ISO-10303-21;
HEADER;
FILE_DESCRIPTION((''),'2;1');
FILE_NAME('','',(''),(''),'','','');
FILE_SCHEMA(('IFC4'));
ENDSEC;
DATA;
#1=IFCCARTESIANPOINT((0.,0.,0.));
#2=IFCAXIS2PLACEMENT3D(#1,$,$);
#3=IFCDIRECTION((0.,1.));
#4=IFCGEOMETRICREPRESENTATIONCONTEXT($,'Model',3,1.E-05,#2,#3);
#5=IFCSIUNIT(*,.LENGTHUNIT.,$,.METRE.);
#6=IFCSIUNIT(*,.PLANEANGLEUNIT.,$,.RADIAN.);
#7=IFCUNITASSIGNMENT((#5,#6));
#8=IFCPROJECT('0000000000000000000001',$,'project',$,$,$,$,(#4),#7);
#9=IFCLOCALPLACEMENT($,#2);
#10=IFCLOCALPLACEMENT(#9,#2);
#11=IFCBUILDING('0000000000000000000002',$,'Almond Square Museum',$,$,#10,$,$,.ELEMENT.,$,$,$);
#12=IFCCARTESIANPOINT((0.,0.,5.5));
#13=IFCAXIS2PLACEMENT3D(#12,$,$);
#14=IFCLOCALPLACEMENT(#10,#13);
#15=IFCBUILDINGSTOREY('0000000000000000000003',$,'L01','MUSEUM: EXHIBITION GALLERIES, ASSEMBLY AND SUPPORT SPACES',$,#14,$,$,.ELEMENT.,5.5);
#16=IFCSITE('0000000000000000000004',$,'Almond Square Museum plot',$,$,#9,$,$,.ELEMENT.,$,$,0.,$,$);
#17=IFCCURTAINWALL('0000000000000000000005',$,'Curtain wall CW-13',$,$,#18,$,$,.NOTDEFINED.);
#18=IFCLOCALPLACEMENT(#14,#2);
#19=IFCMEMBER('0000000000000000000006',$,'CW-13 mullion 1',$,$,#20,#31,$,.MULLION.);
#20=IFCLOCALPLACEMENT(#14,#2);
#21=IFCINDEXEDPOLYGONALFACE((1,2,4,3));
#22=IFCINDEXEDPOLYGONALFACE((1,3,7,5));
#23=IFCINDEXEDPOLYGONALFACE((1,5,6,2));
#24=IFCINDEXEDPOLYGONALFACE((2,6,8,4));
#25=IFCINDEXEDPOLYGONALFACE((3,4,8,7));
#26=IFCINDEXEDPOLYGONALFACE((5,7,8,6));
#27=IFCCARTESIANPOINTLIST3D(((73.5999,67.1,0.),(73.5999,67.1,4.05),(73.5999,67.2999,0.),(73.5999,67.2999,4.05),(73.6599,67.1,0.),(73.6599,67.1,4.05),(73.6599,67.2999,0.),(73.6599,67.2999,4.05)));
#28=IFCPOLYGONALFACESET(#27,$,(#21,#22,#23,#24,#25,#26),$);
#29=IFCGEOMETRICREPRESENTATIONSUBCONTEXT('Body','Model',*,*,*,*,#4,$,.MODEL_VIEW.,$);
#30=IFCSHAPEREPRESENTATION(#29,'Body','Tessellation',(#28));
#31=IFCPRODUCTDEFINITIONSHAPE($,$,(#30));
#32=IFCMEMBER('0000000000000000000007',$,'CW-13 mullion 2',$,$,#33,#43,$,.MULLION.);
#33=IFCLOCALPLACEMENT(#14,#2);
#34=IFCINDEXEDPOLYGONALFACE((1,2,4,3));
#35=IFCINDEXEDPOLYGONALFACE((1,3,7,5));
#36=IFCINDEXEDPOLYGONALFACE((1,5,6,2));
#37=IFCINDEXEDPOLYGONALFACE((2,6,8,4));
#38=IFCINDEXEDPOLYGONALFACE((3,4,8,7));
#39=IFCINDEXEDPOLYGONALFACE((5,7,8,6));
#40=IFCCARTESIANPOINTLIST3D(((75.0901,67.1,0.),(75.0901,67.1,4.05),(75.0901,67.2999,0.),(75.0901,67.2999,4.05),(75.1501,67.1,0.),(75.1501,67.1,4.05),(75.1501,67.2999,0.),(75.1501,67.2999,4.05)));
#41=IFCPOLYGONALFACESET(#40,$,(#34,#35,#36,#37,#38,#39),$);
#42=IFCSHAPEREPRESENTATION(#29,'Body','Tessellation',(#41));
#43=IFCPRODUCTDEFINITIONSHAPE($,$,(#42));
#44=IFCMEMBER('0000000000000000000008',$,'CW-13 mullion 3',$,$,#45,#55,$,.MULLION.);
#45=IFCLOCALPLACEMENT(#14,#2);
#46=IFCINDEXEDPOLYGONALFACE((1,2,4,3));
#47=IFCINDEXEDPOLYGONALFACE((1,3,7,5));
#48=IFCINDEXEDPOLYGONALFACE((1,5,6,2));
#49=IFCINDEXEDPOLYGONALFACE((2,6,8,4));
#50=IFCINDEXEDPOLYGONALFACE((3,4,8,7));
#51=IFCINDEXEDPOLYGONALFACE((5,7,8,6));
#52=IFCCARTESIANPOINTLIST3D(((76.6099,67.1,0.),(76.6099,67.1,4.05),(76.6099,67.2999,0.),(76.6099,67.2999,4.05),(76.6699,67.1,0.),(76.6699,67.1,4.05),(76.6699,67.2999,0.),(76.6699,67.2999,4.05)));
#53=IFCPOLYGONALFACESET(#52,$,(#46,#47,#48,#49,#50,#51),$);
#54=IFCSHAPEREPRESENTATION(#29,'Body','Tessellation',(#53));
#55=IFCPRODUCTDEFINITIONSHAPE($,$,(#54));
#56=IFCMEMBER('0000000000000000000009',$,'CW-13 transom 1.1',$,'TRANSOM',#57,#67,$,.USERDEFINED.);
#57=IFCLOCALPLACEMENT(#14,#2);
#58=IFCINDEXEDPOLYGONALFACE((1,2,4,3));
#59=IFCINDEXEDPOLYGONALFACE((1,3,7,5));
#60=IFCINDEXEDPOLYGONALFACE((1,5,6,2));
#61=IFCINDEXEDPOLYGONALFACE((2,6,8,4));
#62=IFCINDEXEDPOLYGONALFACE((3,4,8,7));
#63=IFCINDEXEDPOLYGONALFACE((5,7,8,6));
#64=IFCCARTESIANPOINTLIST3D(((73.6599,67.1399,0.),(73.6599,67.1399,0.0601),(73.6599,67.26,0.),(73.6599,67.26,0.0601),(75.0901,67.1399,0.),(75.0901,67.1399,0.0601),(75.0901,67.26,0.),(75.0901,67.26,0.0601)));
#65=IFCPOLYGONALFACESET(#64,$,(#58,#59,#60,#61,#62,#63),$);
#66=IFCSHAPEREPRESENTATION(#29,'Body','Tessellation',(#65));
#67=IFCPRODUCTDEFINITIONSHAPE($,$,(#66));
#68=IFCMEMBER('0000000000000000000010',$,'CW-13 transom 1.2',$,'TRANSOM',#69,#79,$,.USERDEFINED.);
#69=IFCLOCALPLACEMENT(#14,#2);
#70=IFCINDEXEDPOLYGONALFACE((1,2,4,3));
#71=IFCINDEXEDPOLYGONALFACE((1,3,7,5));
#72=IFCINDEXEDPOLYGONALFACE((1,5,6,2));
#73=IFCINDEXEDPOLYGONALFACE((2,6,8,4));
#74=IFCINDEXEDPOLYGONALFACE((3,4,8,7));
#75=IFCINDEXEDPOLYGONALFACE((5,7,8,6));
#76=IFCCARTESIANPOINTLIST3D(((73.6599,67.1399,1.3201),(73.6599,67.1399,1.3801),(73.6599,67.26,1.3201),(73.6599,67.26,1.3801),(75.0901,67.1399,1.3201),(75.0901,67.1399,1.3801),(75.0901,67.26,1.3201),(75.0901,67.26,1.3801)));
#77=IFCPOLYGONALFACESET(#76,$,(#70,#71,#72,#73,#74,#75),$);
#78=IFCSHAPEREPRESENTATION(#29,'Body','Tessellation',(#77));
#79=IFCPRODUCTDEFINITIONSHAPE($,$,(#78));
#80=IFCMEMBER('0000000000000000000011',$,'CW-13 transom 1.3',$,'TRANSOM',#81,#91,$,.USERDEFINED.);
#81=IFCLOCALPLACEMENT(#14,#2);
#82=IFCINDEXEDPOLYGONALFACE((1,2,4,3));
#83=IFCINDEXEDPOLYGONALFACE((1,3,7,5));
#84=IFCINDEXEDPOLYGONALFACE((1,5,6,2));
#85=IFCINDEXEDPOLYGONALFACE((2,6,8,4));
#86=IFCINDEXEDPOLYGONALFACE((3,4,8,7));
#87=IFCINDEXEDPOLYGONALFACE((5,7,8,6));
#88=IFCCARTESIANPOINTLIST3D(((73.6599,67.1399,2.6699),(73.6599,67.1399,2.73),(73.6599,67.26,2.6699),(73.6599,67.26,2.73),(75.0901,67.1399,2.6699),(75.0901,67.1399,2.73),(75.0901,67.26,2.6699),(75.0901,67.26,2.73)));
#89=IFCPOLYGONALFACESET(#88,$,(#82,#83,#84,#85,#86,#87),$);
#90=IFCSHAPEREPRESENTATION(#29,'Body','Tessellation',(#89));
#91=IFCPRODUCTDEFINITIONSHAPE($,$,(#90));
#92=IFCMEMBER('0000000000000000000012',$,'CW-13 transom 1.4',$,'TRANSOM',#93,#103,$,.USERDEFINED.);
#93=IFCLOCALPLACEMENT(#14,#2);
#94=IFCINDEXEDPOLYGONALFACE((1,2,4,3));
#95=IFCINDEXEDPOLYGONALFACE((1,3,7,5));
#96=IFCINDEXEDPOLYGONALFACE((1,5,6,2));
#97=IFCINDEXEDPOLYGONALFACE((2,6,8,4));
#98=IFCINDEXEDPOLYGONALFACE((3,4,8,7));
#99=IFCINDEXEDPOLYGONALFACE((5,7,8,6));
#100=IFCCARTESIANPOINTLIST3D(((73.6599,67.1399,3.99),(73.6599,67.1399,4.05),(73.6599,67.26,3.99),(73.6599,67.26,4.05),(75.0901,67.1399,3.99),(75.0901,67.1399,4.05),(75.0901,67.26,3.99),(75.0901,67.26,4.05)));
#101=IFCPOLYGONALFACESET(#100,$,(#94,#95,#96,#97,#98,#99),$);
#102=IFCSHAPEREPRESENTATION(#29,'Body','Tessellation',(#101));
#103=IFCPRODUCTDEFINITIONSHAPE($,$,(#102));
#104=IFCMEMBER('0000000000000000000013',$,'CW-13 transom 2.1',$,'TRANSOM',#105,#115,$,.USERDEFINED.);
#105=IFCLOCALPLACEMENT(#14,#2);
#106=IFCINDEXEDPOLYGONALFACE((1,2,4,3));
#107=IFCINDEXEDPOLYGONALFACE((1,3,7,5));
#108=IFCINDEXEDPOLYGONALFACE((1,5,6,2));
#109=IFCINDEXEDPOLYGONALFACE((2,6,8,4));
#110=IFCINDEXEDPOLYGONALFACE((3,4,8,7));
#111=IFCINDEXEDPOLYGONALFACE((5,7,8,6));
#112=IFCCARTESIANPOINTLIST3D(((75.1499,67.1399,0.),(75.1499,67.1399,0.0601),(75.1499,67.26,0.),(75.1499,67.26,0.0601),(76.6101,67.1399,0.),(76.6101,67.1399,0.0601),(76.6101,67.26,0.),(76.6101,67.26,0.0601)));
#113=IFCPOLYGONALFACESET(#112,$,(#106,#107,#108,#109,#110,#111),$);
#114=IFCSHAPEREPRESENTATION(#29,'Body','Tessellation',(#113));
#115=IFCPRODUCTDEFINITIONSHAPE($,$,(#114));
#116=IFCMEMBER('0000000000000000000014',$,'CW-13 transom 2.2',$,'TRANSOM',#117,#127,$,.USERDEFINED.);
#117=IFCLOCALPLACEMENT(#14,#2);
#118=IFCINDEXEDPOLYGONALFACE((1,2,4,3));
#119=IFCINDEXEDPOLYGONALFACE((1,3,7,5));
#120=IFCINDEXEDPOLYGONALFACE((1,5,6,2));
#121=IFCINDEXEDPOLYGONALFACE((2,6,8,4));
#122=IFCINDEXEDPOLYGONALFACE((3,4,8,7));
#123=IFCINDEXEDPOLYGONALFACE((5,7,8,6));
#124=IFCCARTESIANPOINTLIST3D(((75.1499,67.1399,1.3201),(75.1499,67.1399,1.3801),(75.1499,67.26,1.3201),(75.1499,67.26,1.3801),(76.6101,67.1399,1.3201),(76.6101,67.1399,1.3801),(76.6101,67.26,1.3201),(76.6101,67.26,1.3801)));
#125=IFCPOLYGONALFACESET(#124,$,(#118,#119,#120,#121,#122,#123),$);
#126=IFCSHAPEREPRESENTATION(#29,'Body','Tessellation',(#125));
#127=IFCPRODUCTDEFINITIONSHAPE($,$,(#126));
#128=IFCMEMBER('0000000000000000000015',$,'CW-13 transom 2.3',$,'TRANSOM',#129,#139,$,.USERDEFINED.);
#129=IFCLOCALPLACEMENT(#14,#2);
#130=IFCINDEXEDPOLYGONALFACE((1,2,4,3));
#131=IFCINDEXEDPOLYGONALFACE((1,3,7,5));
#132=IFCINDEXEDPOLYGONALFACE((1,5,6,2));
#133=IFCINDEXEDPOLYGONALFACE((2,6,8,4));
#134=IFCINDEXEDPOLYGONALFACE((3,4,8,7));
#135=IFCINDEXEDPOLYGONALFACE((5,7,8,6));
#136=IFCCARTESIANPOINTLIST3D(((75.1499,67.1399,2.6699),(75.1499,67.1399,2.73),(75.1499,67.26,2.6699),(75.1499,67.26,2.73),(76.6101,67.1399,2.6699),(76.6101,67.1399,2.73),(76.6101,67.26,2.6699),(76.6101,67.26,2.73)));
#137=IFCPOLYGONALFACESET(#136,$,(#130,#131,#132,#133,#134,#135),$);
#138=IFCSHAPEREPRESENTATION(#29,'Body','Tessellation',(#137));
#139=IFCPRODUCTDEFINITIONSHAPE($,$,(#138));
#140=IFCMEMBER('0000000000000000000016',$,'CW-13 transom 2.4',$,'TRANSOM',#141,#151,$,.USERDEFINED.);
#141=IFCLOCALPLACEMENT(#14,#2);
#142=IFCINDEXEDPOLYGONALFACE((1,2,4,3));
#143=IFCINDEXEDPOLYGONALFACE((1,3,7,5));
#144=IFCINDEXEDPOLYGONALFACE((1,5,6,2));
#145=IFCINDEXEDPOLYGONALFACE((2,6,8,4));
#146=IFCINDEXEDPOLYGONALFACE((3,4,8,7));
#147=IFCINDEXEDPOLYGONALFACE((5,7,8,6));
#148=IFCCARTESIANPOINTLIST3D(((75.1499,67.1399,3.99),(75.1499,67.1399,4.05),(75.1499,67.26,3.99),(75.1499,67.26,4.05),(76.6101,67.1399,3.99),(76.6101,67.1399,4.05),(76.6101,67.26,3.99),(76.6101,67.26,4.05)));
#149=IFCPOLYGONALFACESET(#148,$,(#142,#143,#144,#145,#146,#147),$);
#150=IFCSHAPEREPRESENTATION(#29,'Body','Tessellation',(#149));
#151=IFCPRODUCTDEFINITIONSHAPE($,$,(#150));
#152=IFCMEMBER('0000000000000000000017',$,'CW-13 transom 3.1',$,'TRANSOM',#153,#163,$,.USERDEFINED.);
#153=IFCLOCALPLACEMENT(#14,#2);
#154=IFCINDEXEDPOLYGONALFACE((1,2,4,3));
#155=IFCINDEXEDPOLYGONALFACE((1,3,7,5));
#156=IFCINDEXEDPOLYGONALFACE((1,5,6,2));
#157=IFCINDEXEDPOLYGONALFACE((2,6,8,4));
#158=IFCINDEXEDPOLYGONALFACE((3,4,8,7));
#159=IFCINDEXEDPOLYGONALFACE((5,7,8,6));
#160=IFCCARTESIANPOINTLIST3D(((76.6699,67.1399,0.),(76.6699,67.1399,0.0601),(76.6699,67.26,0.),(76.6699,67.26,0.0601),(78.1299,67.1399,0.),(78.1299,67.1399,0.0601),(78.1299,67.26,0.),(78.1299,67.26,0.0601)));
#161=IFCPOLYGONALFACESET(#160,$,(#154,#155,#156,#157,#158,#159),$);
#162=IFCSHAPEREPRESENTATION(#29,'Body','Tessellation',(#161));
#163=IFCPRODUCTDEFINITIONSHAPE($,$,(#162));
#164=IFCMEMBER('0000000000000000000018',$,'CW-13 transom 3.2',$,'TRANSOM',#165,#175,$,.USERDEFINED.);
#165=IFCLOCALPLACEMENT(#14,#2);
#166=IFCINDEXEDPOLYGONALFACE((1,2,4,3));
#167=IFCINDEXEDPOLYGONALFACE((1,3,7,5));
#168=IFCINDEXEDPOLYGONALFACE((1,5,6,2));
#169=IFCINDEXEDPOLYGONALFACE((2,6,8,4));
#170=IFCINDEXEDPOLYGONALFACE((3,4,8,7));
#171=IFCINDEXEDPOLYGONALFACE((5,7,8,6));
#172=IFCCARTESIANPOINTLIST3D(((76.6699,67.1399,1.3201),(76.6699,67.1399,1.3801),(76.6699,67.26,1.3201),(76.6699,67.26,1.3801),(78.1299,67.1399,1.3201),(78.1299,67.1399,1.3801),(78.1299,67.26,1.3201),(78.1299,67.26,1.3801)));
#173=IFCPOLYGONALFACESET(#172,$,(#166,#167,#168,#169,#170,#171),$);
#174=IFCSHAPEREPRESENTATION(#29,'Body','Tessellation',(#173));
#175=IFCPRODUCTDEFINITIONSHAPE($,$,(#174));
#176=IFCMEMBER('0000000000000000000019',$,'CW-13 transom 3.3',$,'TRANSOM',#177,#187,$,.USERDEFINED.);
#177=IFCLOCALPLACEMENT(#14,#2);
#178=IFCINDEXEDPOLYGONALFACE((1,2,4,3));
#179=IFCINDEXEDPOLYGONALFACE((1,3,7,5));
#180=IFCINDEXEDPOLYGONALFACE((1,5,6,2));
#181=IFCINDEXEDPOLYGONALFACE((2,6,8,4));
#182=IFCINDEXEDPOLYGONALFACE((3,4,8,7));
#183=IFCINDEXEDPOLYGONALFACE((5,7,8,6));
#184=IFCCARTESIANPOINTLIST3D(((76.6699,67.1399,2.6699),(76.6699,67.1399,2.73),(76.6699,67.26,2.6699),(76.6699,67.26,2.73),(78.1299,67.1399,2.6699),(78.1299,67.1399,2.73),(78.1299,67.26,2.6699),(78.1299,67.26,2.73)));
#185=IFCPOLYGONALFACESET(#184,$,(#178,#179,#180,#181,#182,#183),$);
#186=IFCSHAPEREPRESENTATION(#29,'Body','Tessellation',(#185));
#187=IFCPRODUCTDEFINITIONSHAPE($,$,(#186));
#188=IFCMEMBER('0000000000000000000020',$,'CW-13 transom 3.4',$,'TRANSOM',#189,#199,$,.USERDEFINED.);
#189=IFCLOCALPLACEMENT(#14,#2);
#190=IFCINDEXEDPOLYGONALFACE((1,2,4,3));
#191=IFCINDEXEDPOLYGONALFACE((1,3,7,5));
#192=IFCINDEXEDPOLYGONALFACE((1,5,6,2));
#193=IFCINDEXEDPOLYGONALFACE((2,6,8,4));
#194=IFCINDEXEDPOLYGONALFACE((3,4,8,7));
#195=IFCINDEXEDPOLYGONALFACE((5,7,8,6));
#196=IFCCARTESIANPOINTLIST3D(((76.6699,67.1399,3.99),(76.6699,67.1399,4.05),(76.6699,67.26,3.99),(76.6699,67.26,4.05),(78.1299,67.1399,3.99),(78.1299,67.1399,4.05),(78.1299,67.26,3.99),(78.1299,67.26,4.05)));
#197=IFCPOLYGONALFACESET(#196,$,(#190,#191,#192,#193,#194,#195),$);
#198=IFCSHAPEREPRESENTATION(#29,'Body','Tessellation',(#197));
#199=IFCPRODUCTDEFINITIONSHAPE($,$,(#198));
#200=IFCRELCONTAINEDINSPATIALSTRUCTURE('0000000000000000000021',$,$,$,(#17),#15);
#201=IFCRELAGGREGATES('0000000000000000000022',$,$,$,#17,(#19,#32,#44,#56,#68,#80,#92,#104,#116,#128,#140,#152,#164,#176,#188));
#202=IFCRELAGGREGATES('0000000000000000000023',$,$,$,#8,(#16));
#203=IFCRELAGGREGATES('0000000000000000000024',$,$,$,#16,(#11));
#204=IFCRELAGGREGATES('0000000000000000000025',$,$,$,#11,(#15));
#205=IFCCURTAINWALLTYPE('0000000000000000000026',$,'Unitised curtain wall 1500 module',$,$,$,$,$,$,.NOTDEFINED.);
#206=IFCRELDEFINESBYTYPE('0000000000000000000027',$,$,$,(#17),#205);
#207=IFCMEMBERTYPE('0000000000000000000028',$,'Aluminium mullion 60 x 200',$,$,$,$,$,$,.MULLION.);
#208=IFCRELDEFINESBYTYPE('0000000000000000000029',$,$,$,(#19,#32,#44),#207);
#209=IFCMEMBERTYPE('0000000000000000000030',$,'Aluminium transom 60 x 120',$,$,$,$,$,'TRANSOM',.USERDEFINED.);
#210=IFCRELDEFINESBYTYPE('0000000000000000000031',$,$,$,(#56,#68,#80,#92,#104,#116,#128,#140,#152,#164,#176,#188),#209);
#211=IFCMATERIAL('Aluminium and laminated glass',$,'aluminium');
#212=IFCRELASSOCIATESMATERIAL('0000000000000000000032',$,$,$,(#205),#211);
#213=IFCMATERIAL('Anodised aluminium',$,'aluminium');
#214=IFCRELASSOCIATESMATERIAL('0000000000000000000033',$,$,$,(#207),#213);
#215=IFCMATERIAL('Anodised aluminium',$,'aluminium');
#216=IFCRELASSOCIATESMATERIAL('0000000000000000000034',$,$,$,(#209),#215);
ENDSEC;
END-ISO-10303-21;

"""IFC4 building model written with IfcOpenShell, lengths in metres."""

from ifc_helpers import new_model, si_unit, direction, frame, origin, origin_2d, place, context, subcontext, project, spatial, rectangle, extrude, material, material_profile, profile_set, type_object, element, aggregate, save


model = new_model("IFC4")

# Units and contexts
model_context = context("Model", 3, precision=1e-05, world=origin(), true_north=direction((0.0, 1.0)))
body_context = subcontext(model_context, "Body", "Model", "MODEL_VIEW")
ifc_project = project(units=[si_unit("LENGTHUNIT", "METRE"), si_unit("PLANEANGLEUNIT", "RADIAN")], contexts=[model_context])

# Site, building, storey
site_placement = place(None, origin())
site = spatial("IfcSite", under=ifc_project, at=site_placement, Name="Almond Square Museum plot", CompositionType="ELEMENT", RefElevation=0.0)
building_placement = place(site_placement, origin())
building = spatial("IfcBuilding", under=site, at=building_placement, Name="Almond Square Museum", CompositionType="ELEMENT")
storey_placement = place(building_placement, frame((0.0, 0.0, 5.5)))
storey = spatial("IfcBuildingStorey", under=building, at=storey_placement, Name="L01", Description="MUSEUM: EXHIBITION GALLERIES, ASSEMBLY AND SUPPORT SPACES", CompositionType="ELEMENT", Elevation=5.5)

# Curtain wall, members
ifc_material_1 = material(Name="Aluminium and laminated glass", Category="aluminium")
curtain_wall_type = type_object("IfcCurtainWallType", Name="Unitised curtain wall 1500 module", PredefinedType="NOTDEFINED", material=ifc_material_1)
curtain_wall_placement = place(storey_placement, origin())
curtain_wall = element("IfcCurtainWall", 1, at=curtain_wall_placement, inside=storey, type_object=curtain_wall_type, Name="Curtain wall CW-13", PredefinedType="NOTDEFINED")
ifc_material_2 = material(Name="Anodised aluminium", Category="aluminium")
ifc_material_profile_1 = material_profile(ifc_material_2, rectangle(XDim=0.2, YDim=0.0601, at=origin_2d()))
ifc_profile_set_1 = profile_set([ifc_material_profile_1], Name="Anodised aluminium")
member_type_1 = type_object("IfcMemberType", Name="Aluminium mullion 60 x 200", PredefinedType="MULLION", material=ifc_profile_set_1)
member_1_placement = place(storey_placement, frame((73.6299, 67.2, 0.0), z_axis=(0.0, 0.0, 1.0), x_axis=(0.0, 1.0, 0.0)))
member_1 = element("IfcMember", 2, at=member_1_placement, type_object=member_type_1, Name="CW-13 mullion 1", PredefinedType="MULLION", context=body_context, shape_type="SweptSolid", body=[
    extrude(rectangle(XDim=0.2, YDim=0.0601, at=origin_2d()), origin(), (0.0, 0.0, 1.0), 4.05),
])
member_2_placement = place(storey_placement, frame((75.1201, 67.2, 0.0), z_axis=(0.0, 0.0, 1.0), x_axis=(0.0, 1.0, 0.0)))
member_2 = element("IfcMember", 3, at=member_2_placement, type_object=member_type_1, Name="CW-13 mullion 2", PredefinedType="MULLION", context=body_context, shape_type="SweptSolid", body=[
    extrude(rectangle(XDim=0.2, YDim=0.0601, at=origin_2d()), origin(), (0.0, 0.0, 1.0), 4.05),
])
member_3_placement = place(storey_placement, frame((76.6399, 67.2, 0.0), z_axis=(0.0, 0.0, 1.0), x_axis=(0.0, 1.0, 0.0)))
member_3 = element("IfcMember", 4, at=member_3_placement, type_object=member_type_1, Name="CW-13 mullion 3", PredefinedType="MULLION", context=body_context, shape_type="SweptSolid", body=[
    extrude(rectangle(XDim=0.2, YDim=0.0601, at=origin_2d()), origin(), (0.0, 0.0, 1.0), 4.05),
])
ifc_material_3 = material(Name="Anodised aluminium", Category="aluminium")
ifc_material_profile_2 = material_profile(ifc_material_3, rectangle(XDim=0.1201, YDim=0.0601, at=origin_2d()))
ifc_profile_set_2 = profile_set([ifc_material_profile_2], Name="Anodised aluminium")
member_type_2 = type_object("IfcMemberType", Name="Aluminium transom 60 x 120", ElementType="TRANSOM", PredefinedType="USERDEFINED", material=ifc_profile_set_2)
member_4_placement = place(storey_placement, frame((73.6599, 67.2, 0.03), z_axis=(1.0, 0.0, 0.0), x_axis=(0.0, 1.0, 0.0)))
member_4 = element("IfcMember", 5, at=member_4_placement, type_object=member_type_2, Name="CW-13 transom 1.1", ObjectType="TRANSOM", PredefinedType="USERDEFINED", context=body_context, shape_type="SweptSolid", body=[
    extrude(rectangle(XDim=0.1201, YDim=0.0601, at=origin_2d()), origin(), (0.0, 0.0, 1.0), 1.4302),
])
member_5_placement = place(storey_placement, frame((73.6599, 67.2, 1.3501), z_axis=(1.0, 0.0, 0.0), x_axis=(0.0, 1.0, 0.0)))
member_5 = element("IfcMember", 6, at=member_5_placement, type_object=member_type_2, Name="CW-13 transom 1.2", ObjectType="TRANSOM", PredefinedType="USERDEFINED", context=body_context, shape_type="SweptSolid", body=[
    extrude(rectangle(XDim=0.1201, YDim=0.0601, at=origin_2d()), origin(), (0.0, 0.0, 1.0), 1.4302),
])
member_6_placement = place(storey_placement, frame((73.6599, 67.2, 2.7), z_axis=(1.0, 0.0, 0.0), x_axis=(0.0, 1.0, 0.0)))
member_6 = element("IfcMember", 7, at=member_6_placement, type_object=member_type_2, Name="CW-13 transom 1.3", ObjectType="TRANSOM", PredefinedType="USERDEFINED", context=body_context, shape_type="SweptSolid", body=[
    extrude(rectangle(XDim=0.1201, YDim=0.0601, at=origin_2d()), origin(), (0.0, 0.0, 1.0), 1.4302),
])
member_7_placement = place(storey_placement, frame((73.6599, 67.2, 4.02), z_axis=(1.0, 0.0, 0.0), x_axis=(0.0, 1.0, 0.0)))
member_7 = element("IfcMember", 8, at=member_7_placement, type_object=member_type_2, Name="CW-13 transom 1.4", ObjectType="TRANSOM", PredefinedType="USERDEFINED", context=body_context, shape_type="SweptSolid", body=[
    extrude(rectangle(XDim=0.1201, YDim=0.0601, at=origin_2d()), origin(), (0.0, 0.0, 1.0), 1.4302),
])
member_8_placement = place(storey_placement, frame((75.1499, 67.2, 0.03), z_axis=(1.0, 0.0, 0.0), x_axis=(0.0, 1.0, 0.0)))
member_8 = element("IfcMember", 9, at=member_8_placement, type_object=member_type_2, Name="CW-13 transom 2.1", ObjectType="TRANSOM", PredefinedType="USERDEFINED", context=body_context, shape_type="SweptSolid", body=[
    extrude(rectangle(XDim=0.1201, YDim=0.0601, at=origin_2d()), origin(), (0.0, 0.0, 1.0), 1.4602),
])
member_9_placement = place(storey_placement, frame((75.1499, 67.2, 1.3501), z_axis=(1.0, 0.0, 0.0), x_axis=(0.0, 1.0, 0.0)))
member_9 = element("IfcMember", 10, at=member_9_placement, type_object=member_type_2, Name="CW-13 transom 2.2", ObjectType="TRANSOM", PredefinedType="USERDEFINED", context=body_context, shape_type="SweptSolid", body=[
    extrude(rectangle(XDim=0.1201, YDim=0.0601, at=origin_2d()), origin(), (0.0, 0.0, 1.0), 1.4602),
])
member_10_placement = place(storey_placement, frame((75.1499, 67.2, 2.7), z_axis=(1.0, 0.0, 0.0), x_axis=(0.0, 1.0, 0.0)))
member_10 = element("IfcMember", 11, at=member_10_placement, type_object=member_type_2, Name="CW-13 transom 2.3", ObjectType="TRANSOM", PredefinedType="USERDEFINED", context=body_context, shape_type="SweptSolid", body=[
    extrude(rectangle(XDim=0.1201, YDim=0.0601, at=origin_2d()), origin(), (0.0, 0.0, 1.0), 1.4602),
])
member_11_placement = place(storey_placement, frame((75.1499, 67.2, 4.02), z_axis=(1.0, 0.0, 0.0), x_axis=(0.0, 1.0, 0.0)))
member_11 = element("IfcMember", 12, at=member_11_placement, type_object=member_type_2, Name="CW-13 transom 2.4", ObjectType="TRANSOM", PredefinedType="USERDEFINED", context=body_context, shape_type="SweptSolid", body=[
    extrude(rectangle(XDim=0.1201, YDim=0.0601, at=origin_2d()), origin(), (0.0, 0.0, 1.0), 1.4602),
])
member_12_placement = place(storey_placement, frame((76.6699, 67.2, 0.03), z_axis=(1.0, 0.0, 0.0), x_axis=(0.0, 1.0, 0.0)))
member_12 = element("IfcMember", 13, at=member_12_placement, type_object=member_type_2, Name="CW-13 transom 3.1", ObjectType="TRANSOM", PredefinedType="USERDEFINED", context=body_context, shape_type="SweptSolid", body=[
    extrude(rectangle(XDim=0.1201, YDim=0.0601, at=origin_2d()), origin(), (0.0, 0.0, 1.0), 1.46),
])
member_13_placement = place(storey_placement, frame((76.6699, 67.2, 1.3501), z_axis=(1.0, 0.0, 0.0), x_axis=(0.0, 1.0, 0.0)))
member_13 = element("IfcMember", 14, at=member_13_placement, type_object=member_type_2, Name="CW-13 transom 3.2", ObjectType="TRANSOM", PredefinedType="USERDEFINED", context=body_context, shape_type="SweptSolid", body=[
    extrude(rectangle(XDim=0.1201, YDim=0.0601, at=origin_2d()), origin(), (0.0, 0.0, 1.0), 1.46),
])
member_14_placement = place(storey_placement, frame((76.6699, 67.2, 2.7), z_axis=(1.0, 0.0, 0.0), x_axis=(0.0, 1.0, 0.0)))
member_14 = element("IfcMember", 15, at=member_14_placement, type_object=member_type_2, Name="CW-13 transom 3.3", ObjectType="TRANSOM", PredefinedType="USERDEFINED", context=body_context, shape_type="SweptSolid", body=[
    extrude(rectangle(XDim=0.1201, YDim=0.0601, at=origin_2d()), origin(), (0.0, 0.0, 1.0), 1.46),
])
member_15_placement = place(storey_placement, frame((76.6699, 67.2, 4.02), z_axis=(1.0, 0.0, 0.0), x_axis=(0.0, 1.0, 0.0)))
member_15 = element("IfcMember", 16, at=member_15_placement, type_object=member_type_2, Name="CW-13 transom 3.4", ObjectType="TRANSOM", PredefinedType="USERDEFINED", context=body_context, shape_type="SweptSolid", body=[
    extrude(rectangle(XDim=0.1201, YDim=0.0601, at=origin_2d()), origin(), (0.0, 0.0, 1.0), 1.46),
])
aggregate(curtain_wall, [member_1, member_2, member_3, member_4, member_5, member_6, member_7, member_8, member_9, member_10, member_11, member_12, member_13, member_14, member_15])

save(model, "model.ifc")
